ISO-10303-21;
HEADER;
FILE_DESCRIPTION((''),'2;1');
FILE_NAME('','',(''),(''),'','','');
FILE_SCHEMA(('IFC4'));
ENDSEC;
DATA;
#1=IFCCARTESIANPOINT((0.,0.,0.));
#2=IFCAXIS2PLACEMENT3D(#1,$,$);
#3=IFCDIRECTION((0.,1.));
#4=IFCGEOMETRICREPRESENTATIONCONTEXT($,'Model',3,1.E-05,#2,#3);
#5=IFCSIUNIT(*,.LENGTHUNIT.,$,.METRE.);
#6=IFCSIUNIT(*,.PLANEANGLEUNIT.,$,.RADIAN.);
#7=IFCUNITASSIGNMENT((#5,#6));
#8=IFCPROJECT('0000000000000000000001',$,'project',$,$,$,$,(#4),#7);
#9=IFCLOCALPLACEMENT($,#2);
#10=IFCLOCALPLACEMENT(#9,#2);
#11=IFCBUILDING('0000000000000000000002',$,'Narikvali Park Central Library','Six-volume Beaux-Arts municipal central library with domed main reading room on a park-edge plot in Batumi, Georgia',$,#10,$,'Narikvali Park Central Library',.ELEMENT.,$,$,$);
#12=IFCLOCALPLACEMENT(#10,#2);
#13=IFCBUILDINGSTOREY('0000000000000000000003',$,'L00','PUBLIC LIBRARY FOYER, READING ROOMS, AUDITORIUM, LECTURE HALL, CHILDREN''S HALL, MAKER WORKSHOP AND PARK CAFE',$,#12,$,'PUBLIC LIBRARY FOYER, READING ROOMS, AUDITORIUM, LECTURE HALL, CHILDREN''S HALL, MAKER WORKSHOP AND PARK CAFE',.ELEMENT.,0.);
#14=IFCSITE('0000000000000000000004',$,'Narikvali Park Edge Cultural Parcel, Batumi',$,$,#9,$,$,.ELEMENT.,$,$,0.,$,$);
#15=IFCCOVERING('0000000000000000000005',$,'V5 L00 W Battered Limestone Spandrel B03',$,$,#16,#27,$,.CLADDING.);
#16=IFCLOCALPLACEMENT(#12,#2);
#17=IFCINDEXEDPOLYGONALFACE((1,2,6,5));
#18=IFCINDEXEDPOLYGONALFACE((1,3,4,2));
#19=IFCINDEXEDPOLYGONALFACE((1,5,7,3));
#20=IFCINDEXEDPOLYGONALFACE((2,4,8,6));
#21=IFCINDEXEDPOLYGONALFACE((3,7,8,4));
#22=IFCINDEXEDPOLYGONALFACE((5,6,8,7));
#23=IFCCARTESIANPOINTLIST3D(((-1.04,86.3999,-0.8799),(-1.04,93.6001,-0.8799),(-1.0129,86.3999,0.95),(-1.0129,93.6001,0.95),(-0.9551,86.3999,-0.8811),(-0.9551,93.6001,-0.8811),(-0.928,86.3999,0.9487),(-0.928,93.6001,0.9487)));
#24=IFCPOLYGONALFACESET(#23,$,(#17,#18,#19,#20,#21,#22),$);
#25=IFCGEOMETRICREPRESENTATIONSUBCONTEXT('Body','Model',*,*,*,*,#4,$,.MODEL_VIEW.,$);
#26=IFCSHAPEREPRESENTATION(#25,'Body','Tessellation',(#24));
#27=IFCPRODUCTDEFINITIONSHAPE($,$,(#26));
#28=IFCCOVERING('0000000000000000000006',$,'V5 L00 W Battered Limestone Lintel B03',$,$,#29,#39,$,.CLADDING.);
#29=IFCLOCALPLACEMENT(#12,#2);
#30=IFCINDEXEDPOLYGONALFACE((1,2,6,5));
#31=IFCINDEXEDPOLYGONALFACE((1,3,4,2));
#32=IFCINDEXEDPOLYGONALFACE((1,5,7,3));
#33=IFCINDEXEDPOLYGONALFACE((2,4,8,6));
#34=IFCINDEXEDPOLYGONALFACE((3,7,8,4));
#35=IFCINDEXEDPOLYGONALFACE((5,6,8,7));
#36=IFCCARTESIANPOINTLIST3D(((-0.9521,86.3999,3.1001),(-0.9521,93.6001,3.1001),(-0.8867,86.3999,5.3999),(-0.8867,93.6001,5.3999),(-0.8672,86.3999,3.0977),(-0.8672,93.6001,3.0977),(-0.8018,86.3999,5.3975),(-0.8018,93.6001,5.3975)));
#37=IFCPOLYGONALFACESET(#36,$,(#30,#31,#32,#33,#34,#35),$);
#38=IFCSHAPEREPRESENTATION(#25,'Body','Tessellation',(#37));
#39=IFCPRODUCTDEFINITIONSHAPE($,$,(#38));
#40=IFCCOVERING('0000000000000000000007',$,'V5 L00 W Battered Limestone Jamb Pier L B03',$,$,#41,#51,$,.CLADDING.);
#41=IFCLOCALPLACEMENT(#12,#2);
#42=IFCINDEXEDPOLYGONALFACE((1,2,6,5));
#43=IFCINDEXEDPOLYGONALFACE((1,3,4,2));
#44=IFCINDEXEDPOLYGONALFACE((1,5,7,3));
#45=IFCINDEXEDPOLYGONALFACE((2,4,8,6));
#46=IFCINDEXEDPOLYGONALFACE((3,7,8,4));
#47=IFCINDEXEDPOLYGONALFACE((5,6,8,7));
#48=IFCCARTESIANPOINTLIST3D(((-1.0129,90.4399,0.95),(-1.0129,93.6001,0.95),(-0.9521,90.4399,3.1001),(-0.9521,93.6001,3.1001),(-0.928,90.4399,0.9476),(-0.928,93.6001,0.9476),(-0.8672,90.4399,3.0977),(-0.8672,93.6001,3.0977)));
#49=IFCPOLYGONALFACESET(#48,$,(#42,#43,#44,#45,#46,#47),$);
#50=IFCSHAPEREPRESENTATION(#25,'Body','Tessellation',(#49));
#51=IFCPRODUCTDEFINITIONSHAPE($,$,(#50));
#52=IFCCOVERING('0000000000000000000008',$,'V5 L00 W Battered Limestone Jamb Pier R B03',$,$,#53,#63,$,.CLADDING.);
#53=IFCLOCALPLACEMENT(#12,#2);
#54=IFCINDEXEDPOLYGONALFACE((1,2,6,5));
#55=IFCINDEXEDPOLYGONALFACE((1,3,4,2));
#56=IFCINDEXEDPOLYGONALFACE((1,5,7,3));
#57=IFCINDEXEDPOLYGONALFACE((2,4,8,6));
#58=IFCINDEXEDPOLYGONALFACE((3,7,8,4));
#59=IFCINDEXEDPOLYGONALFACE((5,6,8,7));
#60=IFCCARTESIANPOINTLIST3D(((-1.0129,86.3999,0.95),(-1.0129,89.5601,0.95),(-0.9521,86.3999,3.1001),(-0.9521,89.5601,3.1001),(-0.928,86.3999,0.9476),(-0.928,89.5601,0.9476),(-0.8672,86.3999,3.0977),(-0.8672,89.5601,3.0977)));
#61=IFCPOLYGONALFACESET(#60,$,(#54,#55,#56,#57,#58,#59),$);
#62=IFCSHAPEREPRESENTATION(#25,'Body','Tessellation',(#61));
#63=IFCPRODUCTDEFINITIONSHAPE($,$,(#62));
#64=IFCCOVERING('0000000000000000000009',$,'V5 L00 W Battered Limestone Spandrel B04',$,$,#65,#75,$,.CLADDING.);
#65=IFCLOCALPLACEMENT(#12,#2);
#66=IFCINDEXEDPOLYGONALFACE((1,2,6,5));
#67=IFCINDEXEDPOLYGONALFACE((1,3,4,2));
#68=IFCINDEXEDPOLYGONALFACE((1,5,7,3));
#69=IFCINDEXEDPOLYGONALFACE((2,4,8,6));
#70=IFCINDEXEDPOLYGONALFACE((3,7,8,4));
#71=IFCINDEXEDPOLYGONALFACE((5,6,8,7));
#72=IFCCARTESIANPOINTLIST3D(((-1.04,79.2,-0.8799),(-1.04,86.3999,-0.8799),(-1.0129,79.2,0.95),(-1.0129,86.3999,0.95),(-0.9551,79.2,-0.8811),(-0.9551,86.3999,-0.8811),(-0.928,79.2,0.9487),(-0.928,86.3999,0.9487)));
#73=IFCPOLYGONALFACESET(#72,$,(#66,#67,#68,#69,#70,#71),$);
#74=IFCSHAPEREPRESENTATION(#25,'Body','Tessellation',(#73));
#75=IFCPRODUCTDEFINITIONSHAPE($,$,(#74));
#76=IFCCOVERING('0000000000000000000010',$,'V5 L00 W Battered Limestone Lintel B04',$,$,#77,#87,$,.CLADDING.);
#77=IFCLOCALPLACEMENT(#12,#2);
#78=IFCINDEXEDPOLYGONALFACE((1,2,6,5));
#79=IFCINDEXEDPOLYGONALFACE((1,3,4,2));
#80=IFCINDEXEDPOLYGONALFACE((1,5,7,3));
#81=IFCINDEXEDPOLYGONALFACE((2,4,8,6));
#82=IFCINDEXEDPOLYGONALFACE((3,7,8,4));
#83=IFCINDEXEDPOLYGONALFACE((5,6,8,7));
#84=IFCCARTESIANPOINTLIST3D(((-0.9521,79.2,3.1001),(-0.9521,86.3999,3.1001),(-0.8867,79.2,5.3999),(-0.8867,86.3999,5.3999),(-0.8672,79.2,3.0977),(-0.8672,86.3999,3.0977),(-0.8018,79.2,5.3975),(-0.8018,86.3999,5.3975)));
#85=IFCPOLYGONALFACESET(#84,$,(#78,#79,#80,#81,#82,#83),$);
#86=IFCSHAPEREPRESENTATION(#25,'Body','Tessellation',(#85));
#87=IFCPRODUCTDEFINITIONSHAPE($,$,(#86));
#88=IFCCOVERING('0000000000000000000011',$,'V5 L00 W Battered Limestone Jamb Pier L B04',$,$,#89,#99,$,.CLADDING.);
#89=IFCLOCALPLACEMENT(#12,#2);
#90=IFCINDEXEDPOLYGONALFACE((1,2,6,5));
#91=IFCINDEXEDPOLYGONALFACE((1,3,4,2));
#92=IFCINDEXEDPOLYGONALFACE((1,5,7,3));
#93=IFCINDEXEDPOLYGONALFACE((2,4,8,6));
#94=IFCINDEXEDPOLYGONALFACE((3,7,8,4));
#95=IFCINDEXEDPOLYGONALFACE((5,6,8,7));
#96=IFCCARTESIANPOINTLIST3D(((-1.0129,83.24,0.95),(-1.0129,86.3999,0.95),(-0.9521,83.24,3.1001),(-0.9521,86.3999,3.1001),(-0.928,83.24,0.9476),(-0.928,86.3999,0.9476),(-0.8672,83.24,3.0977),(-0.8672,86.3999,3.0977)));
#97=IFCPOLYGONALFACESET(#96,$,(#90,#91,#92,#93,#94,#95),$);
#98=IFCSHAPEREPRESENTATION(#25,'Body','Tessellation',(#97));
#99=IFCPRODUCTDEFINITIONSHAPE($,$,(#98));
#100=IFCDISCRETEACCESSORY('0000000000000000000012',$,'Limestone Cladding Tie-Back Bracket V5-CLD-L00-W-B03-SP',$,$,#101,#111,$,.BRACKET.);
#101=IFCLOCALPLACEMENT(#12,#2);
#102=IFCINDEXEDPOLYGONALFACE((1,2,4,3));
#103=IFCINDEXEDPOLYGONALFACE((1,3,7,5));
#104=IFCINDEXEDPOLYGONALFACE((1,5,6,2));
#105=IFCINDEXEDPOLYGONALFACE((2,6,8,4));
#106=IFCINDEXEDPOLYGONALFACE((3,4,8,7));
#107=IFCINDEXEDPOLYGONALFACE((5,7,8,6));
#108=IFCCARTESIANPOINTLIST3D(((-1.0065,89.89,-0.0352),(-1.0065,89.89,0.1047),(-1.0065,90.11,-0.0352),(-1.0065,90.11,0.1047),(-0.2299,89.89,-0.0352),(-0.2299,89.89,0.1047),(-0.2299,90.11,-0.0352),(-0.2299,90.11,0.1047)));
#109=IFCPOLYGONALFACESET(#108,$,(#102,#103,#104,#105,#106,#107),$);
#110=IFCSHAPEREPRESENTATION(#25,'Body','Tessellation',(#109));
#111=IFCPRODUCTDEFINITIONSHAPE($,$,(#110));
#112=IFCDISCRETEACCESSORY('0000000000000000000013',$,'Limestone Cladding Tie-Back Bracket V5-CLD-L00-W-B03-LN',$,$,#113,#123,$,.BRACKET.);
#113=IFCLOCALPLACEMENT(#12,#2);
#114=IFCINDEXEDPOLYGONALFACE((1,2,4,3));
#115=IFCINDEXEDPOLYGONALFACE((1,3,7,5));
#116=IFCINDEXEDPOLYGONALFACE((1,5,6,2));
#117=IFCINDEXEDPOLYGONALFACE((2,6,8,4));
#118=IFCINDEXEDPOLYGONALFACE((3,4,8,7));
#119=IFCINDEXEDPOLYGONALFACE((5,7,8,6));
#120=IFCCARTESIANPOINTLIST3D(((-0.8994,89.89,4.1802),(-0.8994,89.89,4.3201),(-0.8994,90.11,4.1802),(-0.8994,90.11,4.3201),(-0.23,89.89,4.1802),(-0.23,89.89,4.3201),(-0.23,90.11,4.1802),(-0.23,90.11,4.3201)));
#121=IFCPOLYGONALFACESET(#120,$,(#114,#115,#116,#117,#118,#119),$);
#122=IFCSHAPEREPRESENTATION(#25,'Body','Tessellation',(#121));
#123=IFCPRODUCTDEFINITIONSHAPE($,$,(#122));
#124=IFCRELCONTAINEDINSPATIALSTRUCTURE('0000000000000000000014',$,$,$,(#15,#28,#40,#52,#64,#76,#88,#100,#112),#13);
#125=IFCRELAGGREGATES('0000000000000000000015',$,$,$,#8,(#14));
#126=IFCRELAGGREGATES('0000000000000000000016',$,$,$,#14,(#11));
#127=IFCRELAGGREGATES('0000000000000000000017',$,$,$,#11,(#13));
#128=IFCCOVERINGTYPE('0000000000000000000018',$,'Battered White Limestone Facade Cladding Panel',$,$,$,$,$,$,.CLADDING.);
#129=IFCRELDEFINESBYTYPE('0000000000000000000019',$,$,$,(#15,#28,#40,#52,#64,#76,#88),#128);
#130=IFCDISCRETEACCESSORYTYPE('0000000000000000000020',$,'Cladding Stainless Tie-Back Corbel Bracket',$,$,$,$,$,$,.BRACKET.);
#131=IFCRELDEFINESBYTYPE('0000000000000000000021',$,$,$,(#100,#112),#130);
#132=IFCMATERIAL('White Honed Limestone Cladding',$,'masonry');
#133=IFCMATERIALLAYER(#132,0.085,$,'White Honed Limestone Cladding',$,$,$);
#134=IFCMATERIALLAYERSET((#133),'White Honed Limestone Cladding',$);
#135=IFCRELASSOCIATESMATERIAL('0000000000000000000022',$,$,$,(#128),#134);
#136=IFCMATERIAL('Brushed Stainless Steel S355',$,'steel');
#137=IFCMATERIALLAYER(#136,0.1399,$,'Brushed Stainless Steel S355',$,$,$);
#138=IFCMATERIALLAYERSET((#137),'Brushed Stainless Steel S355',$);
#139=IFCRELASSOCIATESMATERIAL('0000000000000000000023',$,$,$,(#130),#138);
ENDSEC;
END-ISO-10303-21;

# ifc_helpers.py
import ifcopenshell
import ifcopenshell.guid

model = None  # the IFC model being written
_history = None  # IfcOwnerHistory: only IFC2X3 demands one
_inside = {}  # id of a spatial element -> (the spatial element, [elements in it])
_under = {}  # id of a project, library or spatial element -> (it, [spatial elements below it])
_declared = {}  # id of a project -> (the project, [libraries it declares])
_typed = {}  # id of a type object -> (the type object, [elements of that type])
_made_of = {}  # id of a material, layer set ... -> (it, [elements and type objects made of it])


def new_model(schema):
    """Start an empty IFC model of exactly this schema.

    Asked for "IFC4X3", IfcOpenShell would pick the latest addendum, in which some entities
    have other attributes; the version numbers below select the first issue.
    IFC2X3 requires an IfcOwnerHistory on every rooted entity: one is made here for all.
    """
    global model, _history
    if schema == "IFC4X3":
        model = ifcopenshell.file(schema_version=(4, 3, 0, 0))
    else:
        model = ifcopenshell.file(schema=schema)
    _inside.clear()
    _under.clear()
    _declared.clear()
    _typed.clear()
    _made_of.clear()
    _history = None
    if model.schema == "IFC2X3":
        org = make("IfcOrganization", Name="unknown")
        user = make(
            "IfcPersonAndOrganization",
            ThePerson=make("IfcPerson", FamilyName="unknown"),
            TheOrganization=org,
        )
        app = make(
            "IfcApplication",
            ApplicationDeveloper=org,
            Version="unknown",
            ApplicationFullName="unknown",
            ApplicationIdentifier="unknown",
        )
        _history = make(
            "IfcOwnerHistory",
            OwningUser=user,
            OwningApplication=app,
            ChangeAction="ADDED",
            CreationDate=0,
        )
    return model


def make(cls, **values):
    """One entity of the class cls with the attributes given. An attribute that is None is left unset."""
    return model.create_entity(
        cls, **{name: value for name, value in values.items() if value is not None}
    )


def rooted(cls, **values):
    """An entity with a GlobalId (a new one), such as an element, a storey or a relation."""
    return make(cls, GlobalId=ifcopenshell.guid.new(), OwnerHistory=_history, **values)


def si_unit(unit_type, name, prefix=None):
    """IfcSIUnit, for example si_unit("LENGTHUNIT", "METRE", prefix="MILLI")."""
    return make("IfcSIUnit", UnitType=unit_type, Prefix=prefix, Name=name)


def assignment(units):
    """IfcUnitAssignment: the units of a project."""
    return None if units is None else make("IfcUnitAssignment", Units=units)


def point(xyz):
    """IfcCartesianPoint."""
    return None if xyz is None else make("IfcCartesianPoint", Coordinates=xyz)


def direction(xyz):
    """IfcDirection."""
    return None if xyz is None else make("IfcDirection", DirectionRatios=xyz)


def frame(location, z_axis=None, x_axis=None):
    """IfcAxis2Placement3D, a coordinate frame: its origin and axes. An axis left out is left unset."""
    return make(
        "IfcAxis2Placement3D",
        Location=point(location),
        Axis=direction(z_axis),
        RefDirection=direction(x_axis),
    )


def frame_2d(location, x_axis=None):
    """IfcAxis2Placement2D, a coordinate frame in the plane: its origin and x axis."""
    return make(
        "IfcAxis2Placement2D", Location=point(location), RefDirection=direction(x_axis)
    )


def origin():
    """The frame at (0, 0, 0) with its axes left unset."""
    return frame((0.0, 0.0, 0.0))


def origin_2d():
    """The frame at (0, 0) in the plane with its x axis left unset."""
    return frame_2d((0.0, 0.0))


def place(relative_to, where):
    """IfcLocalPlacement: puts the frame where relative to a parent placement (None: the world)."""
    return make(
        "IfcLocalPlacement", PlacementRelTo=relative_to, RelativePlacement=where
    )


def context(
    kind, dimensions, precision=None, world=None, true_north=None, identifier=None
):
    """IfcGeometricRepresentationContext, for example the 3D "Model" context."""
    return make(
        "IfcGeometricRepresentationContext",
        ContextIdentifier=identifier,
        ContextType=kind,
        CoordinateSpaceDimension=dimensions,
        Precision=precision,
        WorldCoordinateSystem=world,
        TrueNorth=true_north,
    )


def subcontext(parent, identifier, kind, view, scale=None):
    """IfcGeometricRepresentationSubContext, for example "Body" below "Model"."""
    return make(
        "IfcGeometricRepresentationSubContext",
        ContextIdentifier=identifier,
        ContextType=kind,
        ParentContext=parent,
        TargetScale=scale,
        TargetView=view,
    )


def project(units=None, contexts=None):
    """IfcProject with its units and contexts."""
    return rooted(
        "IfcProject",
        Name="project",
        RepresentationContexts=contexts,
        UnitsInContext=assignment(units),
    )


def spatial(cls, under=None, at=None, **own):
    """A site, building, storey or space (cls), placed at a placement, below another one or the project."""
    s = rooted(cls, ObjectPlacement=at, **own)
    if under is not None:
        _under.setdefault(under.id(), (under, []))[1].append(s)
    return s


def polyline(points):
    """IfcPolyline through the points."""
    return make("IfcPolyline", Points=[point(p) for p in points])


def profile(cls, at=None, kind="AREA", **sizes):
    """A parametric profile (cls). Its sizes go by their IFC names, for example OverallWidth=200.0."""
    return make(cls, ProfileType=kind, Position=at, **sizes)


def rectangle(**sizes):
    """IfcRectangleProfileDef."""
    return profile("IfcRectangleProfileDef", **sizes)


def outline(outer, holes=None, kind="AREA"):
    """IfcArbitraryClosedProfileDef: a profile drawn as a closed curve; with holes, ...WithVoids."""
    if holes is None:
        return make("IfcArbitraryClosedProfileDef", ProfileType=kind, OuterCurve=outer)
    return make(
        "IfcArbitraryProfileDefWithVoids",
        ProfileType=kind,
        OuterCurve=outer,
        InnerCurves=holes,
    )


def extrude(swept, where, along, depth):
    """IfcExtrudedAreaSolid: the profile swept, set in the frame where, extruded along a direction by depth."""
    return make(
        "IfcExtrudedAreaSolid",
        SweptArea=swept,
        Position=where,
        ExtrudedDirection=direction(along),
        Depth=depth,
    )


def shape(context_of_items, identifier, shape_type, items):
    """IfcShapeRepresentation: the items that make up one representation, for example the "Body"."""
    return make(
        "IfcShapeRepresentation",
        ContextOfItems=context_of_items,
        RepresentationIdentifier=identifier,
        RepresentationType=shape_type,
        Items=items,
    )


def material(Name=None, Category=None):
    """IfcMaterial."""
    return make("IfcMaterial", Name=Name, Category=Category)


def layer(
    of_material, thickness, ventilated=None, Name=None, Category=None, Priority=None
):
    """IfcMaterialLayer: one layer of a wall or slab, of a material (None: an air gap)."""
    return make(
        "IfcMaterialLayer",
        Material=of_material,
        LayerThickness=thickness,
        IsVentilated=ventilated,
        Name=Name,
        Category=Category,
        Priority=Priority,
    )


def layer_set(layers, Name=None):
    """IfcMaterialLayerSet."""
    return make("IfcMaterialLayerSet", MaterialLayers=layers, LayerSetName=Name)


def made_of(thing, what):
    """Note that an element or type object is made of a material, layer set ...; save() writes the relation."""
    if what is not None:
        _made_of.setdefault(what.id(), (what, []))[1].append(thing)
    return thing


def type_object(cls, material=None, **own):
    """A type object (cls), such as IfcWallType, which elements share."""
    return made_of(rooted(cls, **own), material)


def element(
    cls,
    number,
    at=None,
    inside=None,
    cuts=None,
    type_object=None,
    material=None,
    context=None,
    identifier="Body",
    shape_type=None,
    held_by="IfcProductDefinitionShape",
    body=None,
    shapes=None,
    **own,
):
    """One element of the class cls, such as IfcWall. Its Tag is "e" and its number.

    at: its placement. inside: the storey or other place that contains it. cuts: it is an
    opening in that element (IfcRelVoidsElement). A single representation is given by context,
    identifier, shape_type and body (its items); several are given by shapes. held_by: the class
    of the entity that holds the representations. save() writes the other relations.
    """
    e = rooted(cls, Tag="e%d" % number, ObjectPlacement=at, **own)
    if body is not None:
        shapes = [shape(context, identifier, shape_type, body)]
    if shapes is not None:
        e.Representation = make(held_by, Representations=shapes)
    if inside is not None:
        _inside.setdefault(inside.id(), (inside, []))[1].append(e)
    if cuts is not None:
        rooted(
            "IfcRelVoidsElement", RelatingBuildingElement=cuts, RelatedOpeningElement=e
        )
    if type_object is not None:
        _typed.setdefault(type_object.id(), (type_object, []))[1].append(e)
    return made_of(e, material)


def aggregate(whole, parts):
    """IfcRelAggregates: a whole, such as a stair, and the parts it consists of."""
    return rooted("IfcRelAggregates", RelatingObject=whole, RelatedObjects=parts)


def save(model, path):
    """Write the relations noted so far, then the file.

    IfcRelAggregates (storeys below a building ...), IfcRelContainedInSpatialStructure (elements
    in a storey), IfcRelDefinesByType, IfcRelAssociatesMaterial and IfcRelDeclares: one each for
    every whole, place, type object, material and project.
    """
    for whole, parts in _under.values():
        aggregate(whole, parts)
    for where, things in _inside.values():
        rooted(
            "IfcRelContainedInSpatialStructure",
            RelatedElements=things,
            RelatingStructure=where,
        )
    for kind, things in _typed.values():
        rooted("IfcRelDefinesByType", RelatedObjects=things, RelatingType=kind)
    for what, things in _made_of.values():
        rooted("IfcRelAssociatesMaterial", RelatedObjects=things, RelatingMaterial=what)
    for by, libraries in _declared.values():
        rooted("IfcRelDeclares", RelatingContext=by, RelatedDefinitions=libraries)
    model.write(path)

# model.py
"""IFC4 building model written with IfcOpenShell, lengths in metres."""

from ifc_helpers import new_model, si_unit, direction, frame, origin, origin_2d, place, context, subcontext, project, spatial, polyline, rectangle, outline, extrude, material, layer, layer_set, type_object, element, save


model = new_model("IFC4")

# Units and contexts
model_context = context("Model", 3, precision=1e-05, world=origin(), true_north=direction((0.0, 1.0)))
body_context = subcontext(model_context, "Body", "Model", "MODEL_VIEW")
ifc_project = project(units=[si_unit("LENGTHUNIT", "METRE"), si_unit("PLANEANGLEUNIT", "RADIAN")], contexts=[model_context])

# Site, building, storey
site_placement = place(None, origin())
site = spatial("IfcSite", under=ifc_project, at=site_placement, Name="Narikvali Park Edge Cultural Parcel, Batumi", CompositionType="ELEMENT", RefElevation=0.0)
building_placement = place(site_placement, origin())
building = spatial("IfcBuilding", under=site, at=building_placement, Name="Narikvali Park Central Library", Description="Six-volume Beaux-Arts municipal central library with domed main reading room on a park-edge plot in Batumi, Georgia", LongName="Narikvali Park Central Library", CompositionType="ELEMENT")
storey_placement = place(building_placement, origin())
storey = spatial("IfcBuildingStorey", under=building, at=storey_placement, Name="L00", Description="PUBLIC LIBRARY FOYER, READING ROOMS, AUDITORIUM, LECTURE HALL, CHILDREN'S HALL, MAKER WORKSHOP AND PARK CAFE", LongName="PUBLIC LIBRARY FOYER, READING ROOMS, AUDITORIUM, LECTURE HALL, CHILDREN'S HALL, MAKER WORKSHOP AND PARK CAFE", CompositionType="ELEMENT", Elevation=0.0)

# Coverings
ifc_material_1 = material(Name="White Honed Limestone Cladding", Category="masonry")
ifc_layer_1 = layer(ifc_material_1, 0.085, Name="White Honed Limestone Cladding")
ifc_layer_set_1 = layer_set([ifc_layer_1], Name="White Honed Limestone Cladding")
covering_type = type_object("IfcCoveringType", Name="Battered White Limestone Facade Cladding Panel", PredefinedType="CLADDING", material=ifc_layer_set_1)
covering_1_placement = place(storey_placement, frame((-1.04, 93.6001, -0.8799), z_axis=(-0.99989, 0.0, 0.014808), x_axis=(0.0, -1.0, 0.0)))
element("IfcCovering", 1, at=covering_1_placement, inside=storey, type_object=covering_type, Name="V5 L00 W Battered Limestone Spandrel B03", PredefinedType="CLADDING", context=body_context, shape_type="SweptSolid", body=[
    extrude(outline(polyline([(0.0, 0.0), (7.2002, 0.0), (7.2002, 1.83), (0.0, 1.83), (0.0, 0.0)])), origin(), (0.0, 0.0, -1.0), 0.085),
])
covering_2_placement = place(storey_placement, frame((-0.9521, 93.6001, 3.1001), z_axis=(-0.999596, 0.0, 0.028439), x_axis=(0.0, -1.0, 0.0)))
element("IfcCovering", 2, at=covering_2_placement, inside=storey, type_object=covering_type, Name="V5 L00 W Battered Limestone Lintel B03", PredefinedType="CLADDING", context=body_context, shape_type="SweptSolid", body=[
    extrude(outline(polyline([(0.0, 0.0), (7.2002, 0.0), (7.2002, 2.3007), (0.0, 2.3007), (0.0, 0.0)])), origin(), (0.0, 0.0, -1.0), 0.085),
])
for number, where, z_axis, x_axis, name in (
    (3, (-1.0129, 93.6001, 0.95), (-0.999601, 0.0, 0.028262), (0.0, -1.0, 0.0), "V5 L00 W Battered Limestone Jamb Pier L B03"),
    (4, (-1.0129, 89.5601, 0.95), (-0.999601, 0.0, 0.028262), (0.0, -1.0, 0.0), "V5 L00 W Battered Limestone Jamb Pier R B03"),
):
    element("IfcCovering", number, at=place(storey_placement, frame(where, z_axis=z_axis, x_axis=x_axis)), inside=storey, type_object=covering_type, Name=name, PredefinedType="CLADDING", context=body_context, shape_type="SweptSolid", body=[
        extrude(outline(polyline([(0.0, 0.0), (3.1602, 0.0), (3.1602, 2.151), (0.0, 2.151), (0.0, 0.0)])), origin(), (0.0, 0.0, -1.0), 0.085),
    ])
covering_3_placement = place(storey_placement, frame((-1.04, 86.3999, -0.8799), z_axis=(-0.99989, 0.0, 0.014808), x_axis=(0.0, -1.0, 0.0)))
element("IfcCovering", 5, at=covering_3_placement, inside=storey, type_object=covering_type, Name="V5 L00 W Battered Limestone Spandrel B04", PredefinedType="CLADDING", context=body_context, shape_type="SweptSolid", body=[
    extrude(outline(polyline([(0.0, 0.0), (7.2, 0.0), (7.2, 1.83), (0.0, 1.83), (0.0, 0.0)])), origin(), (0.0, 0.0, -1.0), 0.085),
])
covering_4_placement = place(storey_placement, frame((-0.9521, 86.3999, 3.1001), z_axis=(-0.999596, 0.0, 0.028439), x_axis=(0.0, -1.0, 0.0)))
element("IfcCovering", 6, at=covering_4_placement, inside=storey, type_object=covering_type, Name="V5 L00 W Battered Limestone Lintel B04", PredefinedType="CLADDING", context=body_context, shape_type="SweptSolid", body=[
    extrude(outline(polyline([(0.0, 0.0), (7.2, 0.0), (7.2, 2.3007), (0.0, 2.3007), (0.0, 0.0)])), origin(), (0.0, 0.0, -1.0), 0.085),
])
covering_5_placement = place(storey_placement, frame((-1.0129, 86.3999, 0.95), z_axis=(-0.999601, 0.0, 0.028262), x_axis=(0.0, -1.0, 0.0)))
element("IfcCovering", 7, at=covering_5_placement, inside=storey, type_object=covering_type, Name="V5 L00 W Battered Limestone Jamb Pier L B04", PredefinedType="CLADDING", context=body_context, shape_type="SweptSolid", body=[
    extrude(outline(polyline([(0.0, 0.0), (3.1599, 0.0), (3.1599, 2.151), (0.0, 2.151), (0.0, 0.0)])), origin(), (0.0, 0.0, -1.0), 0.085),
])

# Discrete accessories
ifc_material_2 = material(Name="Brushed Stainless Steel S355", Category="steel")
ifc_layer_2 = layer(ifc_material_2, 0.1399, Name="Brushed Stainless Steel S355")
ifc_layer_set_2 = layer_set([ifc_layer_2], Name="Brushed Stainless Steel S355")
discrete_accessory_type = type_object("IfcDiscreteAccessoryType", Name="Cladding Stainless Tie-Back Corbel Bracket", PredefinedType="BRACKET", material=ifc_layer_set_2)
discrete_accessory_1_placement = place(storey_placement, frame((-0.6182, 90.0, -0.0352), z_axis=(0.0, 0.0, 1.0), x_axis=(1.0, 0.0, 0.0)))
element("IfcDiscreteAccessory", 8, at=discrete_accessory_1_placement, inside=storey, type_object=discrete_accessory_type, Name="Limestone Cladding Tie-Back Bracket V5-CLD-L00-W-B03-SP", PredefinedType="BRACKET", context=body_context, shape_type="SweptSolid", body=[
    extrude(rectangle(XDim=0.7766, YDim=0.22, at=origin_2d()), origin(), (0.0, 0.0, 1.0), 0.1399),
])
discrete_accessory_2_placement = place(storey_placement, frame((-0.5647, 90.0, 4.1802), z_axis=(0.0, 0.0, 1.0), x_axis=(1.0, 0.0, 0.0)))
element("IfcDiscreteAccessory", 9, at=discrete_accessory_2_placement, inside=storey, type_object=discrete_accessory_type, Name="Limestone Cladding Tie-Back Bracket V5-CLD-L00-W-B03-LN", PredefinedType="BRACKET", context=body_context, shape_type="SweptSolid", body=[
    extrude(rectangle(XDim=0.6694, YDim=0.22, at=origin_2d()), origin(), (0.0, 0.0, 1.0), 0.1399),
])

save(model, "model.ifc")
